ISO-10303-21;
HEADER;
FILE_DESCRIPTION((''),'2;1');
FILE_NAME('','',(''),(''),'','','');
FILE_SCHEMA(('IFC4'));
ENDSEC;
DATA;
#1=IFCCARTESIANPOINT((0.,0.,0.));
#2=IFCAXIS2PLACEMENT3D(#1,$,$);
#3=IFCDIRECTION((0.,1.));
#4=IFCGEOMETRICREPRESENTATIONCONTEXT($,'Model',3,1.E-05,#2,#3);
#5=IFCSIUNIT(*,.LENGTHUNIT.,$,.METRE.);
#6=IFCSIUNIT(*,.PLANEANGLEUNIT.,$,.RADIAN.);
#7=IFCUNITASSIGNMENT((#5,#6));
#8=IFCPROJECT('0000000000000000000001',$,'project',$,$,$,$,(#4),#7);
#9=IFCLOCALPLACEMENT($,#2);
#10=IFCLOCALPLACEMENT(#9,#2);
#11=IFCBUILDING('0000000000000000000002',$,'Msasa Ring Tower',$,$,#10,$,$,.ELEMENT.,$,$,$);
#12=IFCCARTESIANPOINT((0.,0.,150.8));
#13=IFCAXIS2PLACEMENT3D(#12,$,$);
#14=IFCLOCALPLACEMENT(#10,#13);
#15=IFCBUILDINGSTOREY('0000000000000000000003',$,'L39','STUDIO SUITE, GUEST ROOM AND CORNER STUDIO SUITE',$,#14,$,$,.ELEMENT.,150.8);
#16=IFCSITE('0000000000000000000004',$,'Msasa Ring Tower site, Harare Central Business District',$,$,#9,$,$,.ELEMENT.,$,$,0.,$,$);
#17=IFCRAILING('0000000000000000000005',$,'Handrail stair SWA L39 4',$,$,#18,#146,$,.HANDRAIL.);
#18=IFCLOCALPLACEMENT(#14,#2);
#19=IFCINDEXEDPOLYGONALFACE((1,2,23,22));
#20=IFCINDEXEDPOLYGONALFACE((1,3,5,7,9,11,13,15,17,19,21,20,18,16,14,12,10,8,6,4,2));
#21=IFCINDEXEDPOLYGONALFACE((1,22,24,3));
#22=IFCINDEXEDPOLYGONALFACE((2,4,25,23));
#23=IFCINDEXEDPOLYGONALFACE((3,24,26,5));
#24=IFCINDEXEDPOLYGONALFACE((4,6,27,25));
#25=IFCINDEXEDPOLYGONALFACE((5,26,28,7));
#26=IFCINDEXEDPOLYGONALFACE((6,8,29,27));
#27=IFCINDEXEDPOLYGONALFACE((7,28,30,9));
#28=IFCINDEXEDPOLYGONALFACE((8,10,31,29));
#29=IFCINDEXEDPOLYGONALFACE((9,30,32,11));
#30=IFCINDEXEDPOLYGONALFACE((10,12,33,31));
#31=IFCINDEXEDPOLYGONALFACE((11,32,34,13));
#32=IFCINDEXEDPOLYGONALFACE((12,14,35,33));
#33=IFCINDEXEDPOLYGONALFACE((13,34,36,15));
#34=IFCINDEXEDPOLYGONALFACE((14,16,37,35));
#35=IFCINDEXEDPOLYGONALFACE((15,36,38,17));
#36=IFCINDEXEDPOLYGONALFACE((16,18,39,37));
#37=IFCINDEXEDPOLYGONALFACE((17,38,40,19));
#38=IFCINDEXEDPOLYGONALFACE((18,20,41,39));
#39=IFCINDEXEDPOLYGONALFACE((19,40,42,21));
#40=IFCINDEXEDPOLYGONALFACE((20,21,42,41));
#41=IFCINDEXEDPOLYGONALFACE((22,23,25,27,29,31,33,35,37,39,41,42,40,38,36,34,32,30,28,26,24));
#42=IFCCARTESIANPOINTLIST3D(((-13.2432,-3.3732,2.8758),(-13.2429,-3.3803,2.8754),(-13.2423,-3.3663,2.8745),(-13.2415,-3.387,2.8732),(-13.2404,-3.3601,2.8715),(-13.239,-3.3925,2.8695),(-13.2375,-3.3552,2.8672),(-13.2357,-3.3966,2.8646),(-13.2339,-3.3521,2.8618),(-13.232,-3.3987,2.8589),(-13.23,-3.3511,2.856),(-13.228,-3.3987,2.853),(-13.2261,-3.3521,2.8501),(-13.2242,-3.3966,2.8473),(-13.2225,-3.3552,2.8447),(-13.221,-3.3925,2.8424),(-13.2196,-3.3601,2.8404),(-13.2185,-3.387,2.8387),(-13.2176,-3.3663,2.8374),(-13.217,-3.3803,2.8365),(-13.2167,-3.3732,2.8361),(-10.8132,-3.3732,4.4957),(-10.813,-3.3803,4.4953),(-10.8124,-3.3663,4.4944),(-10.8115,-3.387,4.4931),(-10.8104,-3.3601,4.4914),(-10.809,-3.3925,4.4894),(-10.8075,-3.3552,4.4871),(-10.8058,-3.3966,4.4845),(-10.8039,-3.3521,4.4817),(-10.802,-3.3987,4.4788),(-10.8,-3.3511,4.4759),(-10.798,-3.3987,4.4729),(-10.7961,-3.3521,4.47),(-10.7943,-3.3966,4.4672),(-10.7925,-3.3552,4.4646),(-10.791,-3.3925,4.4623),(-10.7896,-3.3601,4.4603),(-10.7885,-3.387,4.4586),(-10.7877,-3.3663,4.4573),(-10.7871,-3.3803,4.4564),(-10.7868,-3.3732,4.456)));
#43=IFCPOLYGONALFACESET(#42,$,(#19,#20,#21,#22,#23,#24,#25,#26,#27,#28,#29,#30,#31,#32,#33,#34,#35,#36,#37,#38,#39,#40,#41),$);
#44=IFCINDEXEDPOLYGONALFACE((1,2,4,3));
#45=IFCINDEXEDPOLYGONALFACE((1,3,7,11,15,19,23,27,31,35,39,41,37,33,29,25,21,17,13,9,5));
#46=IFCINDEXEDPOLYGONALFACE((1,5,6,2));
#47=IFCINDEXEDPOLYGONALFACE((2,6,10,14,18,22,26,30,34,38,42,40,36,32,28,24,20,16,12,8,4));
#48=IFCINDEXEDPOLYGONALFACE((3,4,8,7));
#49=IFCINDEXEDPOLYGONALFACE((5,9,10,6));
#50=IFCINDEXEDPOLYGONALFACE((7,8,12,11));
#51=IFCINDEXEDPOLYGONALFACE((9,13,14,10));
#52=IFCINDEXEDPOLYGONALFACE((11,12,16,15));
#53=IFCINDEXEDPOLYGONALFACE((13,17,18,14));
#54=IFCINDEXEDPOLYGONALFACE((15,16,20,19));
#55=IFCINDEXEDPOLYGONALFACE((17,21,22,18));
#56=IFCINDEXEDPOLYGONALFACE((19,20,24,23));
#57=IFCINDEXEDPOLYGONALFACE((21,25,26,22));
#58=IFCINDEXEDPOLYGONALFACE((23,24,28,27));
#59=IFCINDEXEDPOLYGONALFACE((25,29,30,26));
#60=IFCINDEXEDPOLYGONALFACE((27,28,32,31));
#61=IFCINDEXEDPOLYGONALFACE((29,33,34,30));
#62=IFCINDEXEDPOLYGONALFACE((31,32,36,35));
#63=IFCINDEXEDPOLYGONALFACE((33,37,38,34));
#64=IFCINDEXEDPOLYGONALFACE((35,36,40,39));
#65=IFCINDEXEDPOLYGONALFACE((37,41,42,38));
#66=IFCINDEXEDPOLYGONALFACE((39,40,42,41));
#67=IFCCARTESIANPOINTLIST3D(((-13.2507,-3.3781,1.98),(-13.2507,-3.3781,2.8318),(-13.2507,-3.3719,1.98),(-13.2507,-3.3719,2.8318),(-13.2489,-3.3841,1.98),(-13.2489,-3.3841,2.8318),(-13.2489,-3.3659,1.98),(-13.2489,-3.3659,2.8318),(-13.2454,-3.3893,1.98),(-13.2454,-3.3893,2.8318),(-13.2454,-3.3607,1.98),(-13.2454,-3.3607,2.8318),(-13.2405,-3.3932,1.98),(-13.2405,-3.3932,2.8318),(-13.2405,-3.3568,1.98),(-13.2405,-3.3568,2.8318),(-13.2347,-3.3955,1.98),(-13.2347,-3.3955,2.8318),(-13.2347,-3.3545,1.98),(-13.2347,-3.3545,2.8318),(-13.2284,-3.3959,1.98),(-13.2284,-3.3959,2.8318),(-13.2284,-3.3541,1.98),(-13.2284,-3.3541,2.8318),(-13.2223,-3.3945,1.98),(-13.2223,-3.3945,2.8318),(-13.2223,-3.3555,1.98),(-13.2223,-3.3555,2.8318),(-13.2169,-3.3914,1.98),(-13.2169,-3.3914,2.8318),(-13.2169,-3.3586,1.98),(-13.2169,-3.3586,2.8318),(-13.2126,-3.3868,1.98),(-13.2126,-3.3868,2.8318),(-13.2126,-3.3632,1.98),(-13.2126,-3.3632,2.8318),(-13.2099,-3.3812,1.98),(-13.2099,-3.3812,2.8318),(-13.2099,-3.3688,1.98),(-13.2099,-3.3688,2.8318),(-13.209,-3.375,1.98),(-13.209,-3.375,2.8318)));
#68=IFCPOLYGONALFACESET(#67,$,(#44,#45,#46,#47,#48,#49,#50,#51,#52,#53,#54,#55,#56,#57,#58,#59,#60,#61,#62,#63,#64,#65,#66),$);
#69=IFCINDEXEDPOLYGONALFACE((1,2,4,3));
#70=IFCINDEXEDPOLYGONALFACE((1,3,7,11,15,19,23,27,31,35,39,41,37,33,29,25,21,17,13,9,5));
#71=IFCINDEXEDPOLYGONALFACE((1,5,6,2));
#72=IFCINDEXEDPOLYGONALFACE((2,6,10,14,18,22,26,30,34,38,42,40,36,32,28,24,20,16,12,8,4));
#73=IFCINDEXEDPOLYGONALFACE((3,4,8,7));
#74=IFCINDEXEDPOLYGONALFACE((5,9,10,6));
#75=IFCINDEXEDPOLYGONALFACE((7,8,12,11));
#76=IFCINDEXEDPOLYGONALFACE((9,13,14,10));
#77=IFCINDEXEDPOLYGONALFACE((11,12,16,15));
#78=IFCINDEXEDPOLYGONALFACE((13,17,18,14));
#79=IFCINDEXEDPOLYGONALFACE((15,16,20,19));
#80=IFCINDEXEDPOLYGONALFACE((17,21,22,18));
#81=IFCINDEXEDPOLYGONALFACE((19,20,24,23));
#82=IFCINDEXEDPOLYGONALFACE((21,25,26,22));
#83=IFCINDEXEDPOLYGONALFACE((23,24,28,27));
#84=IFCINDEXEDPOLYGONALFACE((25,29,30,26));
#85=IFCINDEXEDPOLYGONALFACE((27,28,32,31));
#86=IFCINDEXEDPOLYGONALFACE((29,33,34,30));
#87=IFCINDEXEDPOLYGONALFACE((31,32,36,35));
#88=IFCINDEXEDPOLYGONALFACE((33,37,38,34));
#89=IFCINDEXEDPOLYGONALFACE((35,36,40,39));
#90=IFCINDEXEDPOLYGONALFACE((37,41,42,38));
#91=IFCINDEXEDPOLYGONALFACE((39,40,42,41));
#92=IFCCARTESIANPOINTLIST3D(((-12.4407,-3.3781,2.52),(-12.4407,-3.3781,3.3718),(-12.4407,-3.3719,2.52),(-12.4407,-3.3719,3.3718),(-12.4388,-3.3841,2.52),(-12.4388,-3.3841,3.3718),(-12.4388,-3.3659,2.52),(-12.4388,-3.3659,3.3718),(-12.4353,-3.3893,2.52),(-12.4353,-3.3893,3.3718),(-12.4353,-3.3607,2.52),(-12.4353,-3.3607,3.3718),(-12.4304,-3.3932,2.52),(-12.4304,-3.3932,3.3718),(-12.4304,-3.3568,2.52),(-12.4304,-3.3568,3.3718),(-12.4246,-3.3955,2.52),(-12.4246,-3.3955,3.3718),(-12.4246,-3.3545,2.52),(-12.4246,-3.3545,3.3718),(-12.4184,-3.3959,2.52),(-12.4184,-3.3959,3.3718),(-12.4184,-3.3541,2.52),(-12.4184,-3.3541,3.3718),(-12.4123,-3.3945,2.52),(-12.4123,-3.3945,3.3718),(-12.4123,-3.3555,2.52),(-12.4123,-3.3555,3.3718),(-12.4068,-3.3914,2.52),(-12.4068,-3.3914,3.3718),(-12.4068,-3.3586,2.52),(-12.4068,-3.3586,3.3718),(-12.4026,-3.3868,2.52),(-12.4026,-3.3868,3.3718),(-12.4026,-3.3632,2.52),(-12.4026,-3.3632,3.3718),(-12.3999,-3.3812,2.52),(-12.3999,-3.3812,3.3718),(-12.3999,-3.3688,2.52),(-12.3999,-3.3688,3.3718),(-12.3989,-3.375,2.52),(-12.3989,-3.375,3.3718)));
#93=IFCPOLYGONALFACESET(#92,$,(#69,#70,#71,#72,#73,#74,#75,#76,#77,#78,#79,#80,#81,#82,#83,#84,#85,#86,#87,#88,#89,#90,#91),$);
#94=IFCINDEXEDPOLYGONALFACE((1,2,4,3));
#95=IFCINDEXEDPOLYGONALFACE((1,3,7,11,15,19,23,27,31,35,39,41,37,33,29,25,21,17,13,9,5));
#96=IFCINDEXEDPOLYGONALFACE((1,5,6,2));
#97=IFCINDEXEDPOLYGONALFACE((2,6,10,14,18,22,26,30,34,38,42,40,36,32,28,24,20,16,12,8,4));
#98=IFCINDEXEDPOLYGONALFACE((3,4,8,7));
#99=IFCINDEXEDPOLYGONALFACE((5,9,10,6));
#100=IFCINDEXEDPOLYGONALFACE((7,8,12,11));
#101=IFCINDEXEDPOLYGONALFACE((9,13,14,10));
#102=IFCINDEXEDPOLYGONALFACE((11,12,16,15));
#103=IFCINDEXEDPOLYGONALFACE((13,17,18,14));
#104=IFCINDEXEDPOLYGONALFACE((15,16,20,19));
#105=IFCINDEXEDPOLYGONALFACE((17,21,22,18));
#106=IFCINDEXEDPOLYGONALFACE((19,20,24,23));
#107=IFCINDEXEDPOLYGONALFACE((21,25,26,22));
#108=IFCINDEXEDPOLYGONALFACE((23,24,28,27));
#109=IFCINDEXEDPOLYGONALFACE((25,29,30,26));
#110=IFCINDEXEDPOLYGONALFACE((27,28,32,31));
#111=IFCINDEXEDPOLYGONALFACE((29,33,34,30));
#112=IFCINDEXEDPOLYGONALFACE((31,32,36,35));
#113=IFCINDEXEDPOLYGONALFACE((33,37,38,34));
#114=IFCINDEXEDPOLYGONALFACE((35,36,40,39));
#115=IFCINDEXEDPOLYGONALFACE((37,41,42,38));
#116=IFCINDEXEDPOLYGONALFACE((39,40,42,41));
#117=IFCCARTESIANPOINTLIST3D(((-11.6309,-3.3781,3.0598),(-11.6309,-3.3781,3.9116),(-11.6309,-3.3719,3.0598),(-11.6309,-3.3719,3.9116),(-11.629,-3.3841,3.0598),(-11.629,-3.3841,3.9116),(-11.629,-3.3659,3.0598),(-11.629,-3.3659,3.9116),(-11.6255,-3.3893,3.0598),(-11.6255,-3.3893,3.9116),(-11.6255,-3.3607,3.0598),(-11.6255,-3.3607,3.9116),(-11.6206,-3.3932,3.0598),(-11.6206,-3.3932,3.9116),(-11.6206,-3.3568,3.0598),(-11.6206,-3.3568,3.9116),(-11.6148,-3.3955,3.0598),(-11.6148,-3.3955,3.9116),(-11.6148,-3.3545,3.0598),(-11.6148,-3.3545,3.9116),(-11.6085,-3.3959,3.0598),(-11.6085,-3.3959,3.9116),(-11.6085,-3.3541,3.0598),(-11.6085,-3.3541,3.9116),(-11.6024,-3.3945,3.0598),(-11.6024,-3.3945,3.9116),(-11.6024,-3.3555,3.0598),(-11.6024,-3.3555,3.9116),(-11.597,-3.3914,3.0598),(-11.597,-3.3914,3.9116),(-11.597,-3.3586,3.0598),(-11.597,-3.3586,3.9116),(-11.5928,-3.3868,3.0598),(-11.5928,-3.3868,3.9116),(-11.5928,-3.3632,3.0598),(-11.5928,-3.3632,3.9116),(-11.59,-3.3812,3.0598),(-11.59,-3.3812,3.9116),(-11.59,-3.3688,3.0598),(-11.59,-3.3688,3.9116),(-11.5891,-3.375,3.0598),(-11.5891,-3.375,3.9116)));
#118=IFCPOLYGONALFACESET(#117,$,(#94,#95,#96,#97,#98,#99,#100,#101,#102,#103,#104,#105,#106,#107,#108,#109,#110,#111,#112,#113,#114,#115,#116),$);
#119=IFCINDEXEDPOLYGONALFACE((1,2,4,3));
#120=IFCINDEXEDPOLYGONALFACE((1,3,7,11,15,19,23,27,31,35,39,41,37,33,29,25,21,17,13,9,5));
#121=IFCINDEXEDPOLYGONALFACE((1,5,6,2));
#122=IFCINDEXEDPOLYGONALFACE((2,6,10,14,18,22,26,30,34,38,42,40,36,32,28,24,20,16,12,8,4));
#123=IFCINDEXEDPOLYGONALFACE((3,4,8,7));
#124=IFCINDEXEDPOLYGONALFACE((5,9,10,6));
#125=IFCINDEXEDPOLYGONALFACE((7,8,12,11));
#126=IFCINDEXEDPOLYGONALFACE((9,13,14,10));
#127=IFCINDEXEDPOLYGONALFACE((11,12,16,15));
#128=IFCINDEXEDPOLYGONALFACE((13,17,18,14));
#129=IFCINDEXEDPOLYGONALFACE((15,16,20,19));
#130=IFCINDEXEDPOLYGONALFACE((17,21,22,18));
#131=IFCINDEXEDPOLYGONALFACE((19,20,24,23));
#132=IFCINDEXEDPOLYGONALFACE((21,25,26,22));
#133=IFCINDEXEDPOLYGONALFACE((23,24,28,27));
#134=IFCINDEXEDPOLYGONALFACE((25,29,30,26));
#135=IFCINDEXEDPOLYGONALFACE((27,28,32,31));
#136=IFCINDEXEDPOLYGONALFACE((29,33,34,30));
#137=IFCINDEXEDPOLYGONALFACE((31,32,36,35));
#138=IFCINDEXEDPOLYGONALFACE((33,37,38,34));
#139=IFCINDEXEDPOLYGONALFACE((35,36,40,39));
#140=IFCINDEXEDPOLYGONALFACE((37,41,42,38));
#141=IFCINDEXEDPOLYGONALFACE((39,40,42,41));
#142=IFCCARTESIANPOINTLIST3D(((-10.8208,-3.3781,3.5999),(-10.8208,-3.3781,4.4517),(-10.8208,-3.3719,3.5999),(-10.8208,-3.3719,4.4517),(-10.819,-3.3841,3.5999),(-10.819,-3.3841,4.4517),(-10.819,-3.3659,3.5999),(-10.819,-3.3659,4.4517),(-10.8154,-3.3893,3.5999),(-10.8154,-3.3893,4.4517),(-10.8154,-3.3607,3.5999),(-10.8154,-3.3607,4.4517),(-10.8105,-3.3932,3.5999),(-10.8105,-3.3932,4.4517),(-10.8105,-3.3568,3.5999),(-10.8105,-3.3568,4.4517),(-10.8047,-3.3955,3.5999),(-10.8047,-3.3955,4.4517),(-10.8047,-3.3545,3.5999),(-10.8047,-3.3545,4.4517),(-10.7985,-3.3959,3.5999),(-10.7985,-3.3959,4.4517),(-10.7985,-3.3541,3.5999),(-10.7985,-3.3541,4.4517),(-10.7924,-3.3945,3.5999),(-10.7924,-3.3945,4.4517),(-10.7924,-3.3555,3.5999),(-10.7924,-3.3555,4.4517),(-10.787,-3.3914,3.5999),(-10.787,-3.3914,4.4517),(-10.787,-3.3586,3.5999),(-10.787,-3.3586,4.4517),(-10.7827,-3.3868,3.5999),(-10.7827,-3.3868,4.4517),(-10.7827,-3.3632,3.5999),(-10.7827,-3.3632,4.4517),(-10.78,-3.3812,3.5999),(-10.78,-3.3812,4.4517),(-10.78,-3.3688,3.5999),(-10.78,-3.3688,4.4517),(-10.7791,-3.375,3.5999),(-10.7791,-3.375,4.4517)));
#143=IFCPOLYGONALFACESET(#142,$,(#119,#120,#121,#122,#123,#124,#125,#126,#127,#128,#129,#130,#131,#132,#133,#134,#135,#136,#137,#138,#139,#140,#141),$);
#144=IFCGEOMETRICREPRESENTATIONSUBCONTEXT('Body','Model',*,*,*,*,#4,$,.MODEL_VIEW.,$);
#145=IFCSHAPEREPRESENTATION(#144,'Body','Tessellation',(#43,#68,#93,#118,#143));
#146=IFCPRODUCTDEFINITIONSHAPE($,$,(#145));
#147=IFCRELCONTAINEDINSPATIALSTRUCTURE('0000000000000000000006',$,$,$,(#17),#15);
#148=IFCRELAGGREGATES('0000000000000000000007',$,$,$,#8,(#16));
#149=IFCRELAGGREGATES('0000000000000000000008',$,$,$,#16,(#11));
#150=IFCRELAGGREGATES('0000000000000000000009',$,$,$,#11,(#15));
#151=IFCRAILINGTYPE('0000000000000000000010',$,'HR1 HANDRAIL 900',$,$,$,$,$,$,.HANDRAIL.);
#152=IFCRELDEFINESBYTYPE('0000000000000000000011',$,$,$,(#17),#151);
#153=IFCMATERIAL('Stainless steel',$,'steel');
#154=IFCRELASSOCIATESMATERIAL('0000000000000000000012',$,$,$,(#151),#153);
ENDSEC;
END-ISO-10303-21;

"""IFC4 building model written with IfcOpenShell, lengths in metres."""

from ifc_helpers import new_model, si_unit, direction, frame, origin, origin_2d, place, context, subcontext, project, spatial, circle, extrude, material, type_object, element, save


model = new_model("IFC4")

# Units and contexts
model_context = context("Model", 3, precision=1e-05, world=origin(), true_north=direction((0.0, 1.0)))
body_context = subcontext(model_context, "Body", "Model", "MODEL_VIEW")
ifc_project = project(units=[si_unit("LENGTHUNIT", "METRE"), si_unit("PLANEANGLEUNIT", "RADIAN")], contexts=[model_context])

# Site, building, storey
site_placement = place(None, origin())
site = spatial("IfcSite", under=ifc_project, at=site_placement, Name="Msasa Ring Tower site, Harare Central Business District", CompositionType="ELEMENT", RefElevation=0.0)
building_placement = place(site_placement, origin())
building = spatial("IfcBuilding", under=site, at=building_placement, Name="Msasa Ring Tower", CompositionType="ELEMENT")
storey_placement = place(building_placement, frame((0.0, 0.0, 150.8)))
storey = spatial("IfcBuildingStorey", under=building, at=storey_placement, Name="L39", Description="STUDIO SUITE, GUEST ROOM AND CORNER STUDIO SUITE", CompositionType="ELEMENT", Elevation=150.8)

# Railing
ifc_material_1 = material(Name="Stainless steel", Category="steel")
railing_type = type_object("IfcRailingType", Name="HR1 HANDRAIL 900", PredefinedType="HANDRAIL", material=ifc_material_1)
for number, where, name in (
    (1, (-13.23, -3.375, 1.98), "Handrail stair SWA L39 4"),
):
    element("IfcRailing", number, at=place(storey_placement, frame(where)), inside=storey, type_object=railing_type, Name=name, PredefinedType="HANDRAIL", context=body_context, shape_type="SweptSolid", body=[
        extrude(circle(Radius=0.0239, at=origin_2d()), frame((0.0, 0.0, 0.876), z_axis=(0.832063, 0.0, 0.554681), x_axis=(0.0, 1.0, 0.0)), (0.0, 0.0, 1.0), 2.9204),
        extrude(circle(Radius=0.021, at=origin_2d()), origin(), (0.0, 0.0, 1.0), 0.8518),
        extrude(circle(Radius=0.021, at=origin_2d()), frame((0.8101, 0.0, 0.54)), (0.0, 0.0, 1.0), 0.8518),
        extrude(circle(Radius=0.021, at=origin_2d()), frame((1.6199, 0.0, 1.0798)), (0.0, 0.0, 1.0), 0.8518),
        extrude(circle(Radius=0.021, at=origin_2d()), frame((2.4299, 0.0, 1.6199)), (0.0, 0.0, 1.0), 0.8518),
    ])

save(model, "model.ifc")
